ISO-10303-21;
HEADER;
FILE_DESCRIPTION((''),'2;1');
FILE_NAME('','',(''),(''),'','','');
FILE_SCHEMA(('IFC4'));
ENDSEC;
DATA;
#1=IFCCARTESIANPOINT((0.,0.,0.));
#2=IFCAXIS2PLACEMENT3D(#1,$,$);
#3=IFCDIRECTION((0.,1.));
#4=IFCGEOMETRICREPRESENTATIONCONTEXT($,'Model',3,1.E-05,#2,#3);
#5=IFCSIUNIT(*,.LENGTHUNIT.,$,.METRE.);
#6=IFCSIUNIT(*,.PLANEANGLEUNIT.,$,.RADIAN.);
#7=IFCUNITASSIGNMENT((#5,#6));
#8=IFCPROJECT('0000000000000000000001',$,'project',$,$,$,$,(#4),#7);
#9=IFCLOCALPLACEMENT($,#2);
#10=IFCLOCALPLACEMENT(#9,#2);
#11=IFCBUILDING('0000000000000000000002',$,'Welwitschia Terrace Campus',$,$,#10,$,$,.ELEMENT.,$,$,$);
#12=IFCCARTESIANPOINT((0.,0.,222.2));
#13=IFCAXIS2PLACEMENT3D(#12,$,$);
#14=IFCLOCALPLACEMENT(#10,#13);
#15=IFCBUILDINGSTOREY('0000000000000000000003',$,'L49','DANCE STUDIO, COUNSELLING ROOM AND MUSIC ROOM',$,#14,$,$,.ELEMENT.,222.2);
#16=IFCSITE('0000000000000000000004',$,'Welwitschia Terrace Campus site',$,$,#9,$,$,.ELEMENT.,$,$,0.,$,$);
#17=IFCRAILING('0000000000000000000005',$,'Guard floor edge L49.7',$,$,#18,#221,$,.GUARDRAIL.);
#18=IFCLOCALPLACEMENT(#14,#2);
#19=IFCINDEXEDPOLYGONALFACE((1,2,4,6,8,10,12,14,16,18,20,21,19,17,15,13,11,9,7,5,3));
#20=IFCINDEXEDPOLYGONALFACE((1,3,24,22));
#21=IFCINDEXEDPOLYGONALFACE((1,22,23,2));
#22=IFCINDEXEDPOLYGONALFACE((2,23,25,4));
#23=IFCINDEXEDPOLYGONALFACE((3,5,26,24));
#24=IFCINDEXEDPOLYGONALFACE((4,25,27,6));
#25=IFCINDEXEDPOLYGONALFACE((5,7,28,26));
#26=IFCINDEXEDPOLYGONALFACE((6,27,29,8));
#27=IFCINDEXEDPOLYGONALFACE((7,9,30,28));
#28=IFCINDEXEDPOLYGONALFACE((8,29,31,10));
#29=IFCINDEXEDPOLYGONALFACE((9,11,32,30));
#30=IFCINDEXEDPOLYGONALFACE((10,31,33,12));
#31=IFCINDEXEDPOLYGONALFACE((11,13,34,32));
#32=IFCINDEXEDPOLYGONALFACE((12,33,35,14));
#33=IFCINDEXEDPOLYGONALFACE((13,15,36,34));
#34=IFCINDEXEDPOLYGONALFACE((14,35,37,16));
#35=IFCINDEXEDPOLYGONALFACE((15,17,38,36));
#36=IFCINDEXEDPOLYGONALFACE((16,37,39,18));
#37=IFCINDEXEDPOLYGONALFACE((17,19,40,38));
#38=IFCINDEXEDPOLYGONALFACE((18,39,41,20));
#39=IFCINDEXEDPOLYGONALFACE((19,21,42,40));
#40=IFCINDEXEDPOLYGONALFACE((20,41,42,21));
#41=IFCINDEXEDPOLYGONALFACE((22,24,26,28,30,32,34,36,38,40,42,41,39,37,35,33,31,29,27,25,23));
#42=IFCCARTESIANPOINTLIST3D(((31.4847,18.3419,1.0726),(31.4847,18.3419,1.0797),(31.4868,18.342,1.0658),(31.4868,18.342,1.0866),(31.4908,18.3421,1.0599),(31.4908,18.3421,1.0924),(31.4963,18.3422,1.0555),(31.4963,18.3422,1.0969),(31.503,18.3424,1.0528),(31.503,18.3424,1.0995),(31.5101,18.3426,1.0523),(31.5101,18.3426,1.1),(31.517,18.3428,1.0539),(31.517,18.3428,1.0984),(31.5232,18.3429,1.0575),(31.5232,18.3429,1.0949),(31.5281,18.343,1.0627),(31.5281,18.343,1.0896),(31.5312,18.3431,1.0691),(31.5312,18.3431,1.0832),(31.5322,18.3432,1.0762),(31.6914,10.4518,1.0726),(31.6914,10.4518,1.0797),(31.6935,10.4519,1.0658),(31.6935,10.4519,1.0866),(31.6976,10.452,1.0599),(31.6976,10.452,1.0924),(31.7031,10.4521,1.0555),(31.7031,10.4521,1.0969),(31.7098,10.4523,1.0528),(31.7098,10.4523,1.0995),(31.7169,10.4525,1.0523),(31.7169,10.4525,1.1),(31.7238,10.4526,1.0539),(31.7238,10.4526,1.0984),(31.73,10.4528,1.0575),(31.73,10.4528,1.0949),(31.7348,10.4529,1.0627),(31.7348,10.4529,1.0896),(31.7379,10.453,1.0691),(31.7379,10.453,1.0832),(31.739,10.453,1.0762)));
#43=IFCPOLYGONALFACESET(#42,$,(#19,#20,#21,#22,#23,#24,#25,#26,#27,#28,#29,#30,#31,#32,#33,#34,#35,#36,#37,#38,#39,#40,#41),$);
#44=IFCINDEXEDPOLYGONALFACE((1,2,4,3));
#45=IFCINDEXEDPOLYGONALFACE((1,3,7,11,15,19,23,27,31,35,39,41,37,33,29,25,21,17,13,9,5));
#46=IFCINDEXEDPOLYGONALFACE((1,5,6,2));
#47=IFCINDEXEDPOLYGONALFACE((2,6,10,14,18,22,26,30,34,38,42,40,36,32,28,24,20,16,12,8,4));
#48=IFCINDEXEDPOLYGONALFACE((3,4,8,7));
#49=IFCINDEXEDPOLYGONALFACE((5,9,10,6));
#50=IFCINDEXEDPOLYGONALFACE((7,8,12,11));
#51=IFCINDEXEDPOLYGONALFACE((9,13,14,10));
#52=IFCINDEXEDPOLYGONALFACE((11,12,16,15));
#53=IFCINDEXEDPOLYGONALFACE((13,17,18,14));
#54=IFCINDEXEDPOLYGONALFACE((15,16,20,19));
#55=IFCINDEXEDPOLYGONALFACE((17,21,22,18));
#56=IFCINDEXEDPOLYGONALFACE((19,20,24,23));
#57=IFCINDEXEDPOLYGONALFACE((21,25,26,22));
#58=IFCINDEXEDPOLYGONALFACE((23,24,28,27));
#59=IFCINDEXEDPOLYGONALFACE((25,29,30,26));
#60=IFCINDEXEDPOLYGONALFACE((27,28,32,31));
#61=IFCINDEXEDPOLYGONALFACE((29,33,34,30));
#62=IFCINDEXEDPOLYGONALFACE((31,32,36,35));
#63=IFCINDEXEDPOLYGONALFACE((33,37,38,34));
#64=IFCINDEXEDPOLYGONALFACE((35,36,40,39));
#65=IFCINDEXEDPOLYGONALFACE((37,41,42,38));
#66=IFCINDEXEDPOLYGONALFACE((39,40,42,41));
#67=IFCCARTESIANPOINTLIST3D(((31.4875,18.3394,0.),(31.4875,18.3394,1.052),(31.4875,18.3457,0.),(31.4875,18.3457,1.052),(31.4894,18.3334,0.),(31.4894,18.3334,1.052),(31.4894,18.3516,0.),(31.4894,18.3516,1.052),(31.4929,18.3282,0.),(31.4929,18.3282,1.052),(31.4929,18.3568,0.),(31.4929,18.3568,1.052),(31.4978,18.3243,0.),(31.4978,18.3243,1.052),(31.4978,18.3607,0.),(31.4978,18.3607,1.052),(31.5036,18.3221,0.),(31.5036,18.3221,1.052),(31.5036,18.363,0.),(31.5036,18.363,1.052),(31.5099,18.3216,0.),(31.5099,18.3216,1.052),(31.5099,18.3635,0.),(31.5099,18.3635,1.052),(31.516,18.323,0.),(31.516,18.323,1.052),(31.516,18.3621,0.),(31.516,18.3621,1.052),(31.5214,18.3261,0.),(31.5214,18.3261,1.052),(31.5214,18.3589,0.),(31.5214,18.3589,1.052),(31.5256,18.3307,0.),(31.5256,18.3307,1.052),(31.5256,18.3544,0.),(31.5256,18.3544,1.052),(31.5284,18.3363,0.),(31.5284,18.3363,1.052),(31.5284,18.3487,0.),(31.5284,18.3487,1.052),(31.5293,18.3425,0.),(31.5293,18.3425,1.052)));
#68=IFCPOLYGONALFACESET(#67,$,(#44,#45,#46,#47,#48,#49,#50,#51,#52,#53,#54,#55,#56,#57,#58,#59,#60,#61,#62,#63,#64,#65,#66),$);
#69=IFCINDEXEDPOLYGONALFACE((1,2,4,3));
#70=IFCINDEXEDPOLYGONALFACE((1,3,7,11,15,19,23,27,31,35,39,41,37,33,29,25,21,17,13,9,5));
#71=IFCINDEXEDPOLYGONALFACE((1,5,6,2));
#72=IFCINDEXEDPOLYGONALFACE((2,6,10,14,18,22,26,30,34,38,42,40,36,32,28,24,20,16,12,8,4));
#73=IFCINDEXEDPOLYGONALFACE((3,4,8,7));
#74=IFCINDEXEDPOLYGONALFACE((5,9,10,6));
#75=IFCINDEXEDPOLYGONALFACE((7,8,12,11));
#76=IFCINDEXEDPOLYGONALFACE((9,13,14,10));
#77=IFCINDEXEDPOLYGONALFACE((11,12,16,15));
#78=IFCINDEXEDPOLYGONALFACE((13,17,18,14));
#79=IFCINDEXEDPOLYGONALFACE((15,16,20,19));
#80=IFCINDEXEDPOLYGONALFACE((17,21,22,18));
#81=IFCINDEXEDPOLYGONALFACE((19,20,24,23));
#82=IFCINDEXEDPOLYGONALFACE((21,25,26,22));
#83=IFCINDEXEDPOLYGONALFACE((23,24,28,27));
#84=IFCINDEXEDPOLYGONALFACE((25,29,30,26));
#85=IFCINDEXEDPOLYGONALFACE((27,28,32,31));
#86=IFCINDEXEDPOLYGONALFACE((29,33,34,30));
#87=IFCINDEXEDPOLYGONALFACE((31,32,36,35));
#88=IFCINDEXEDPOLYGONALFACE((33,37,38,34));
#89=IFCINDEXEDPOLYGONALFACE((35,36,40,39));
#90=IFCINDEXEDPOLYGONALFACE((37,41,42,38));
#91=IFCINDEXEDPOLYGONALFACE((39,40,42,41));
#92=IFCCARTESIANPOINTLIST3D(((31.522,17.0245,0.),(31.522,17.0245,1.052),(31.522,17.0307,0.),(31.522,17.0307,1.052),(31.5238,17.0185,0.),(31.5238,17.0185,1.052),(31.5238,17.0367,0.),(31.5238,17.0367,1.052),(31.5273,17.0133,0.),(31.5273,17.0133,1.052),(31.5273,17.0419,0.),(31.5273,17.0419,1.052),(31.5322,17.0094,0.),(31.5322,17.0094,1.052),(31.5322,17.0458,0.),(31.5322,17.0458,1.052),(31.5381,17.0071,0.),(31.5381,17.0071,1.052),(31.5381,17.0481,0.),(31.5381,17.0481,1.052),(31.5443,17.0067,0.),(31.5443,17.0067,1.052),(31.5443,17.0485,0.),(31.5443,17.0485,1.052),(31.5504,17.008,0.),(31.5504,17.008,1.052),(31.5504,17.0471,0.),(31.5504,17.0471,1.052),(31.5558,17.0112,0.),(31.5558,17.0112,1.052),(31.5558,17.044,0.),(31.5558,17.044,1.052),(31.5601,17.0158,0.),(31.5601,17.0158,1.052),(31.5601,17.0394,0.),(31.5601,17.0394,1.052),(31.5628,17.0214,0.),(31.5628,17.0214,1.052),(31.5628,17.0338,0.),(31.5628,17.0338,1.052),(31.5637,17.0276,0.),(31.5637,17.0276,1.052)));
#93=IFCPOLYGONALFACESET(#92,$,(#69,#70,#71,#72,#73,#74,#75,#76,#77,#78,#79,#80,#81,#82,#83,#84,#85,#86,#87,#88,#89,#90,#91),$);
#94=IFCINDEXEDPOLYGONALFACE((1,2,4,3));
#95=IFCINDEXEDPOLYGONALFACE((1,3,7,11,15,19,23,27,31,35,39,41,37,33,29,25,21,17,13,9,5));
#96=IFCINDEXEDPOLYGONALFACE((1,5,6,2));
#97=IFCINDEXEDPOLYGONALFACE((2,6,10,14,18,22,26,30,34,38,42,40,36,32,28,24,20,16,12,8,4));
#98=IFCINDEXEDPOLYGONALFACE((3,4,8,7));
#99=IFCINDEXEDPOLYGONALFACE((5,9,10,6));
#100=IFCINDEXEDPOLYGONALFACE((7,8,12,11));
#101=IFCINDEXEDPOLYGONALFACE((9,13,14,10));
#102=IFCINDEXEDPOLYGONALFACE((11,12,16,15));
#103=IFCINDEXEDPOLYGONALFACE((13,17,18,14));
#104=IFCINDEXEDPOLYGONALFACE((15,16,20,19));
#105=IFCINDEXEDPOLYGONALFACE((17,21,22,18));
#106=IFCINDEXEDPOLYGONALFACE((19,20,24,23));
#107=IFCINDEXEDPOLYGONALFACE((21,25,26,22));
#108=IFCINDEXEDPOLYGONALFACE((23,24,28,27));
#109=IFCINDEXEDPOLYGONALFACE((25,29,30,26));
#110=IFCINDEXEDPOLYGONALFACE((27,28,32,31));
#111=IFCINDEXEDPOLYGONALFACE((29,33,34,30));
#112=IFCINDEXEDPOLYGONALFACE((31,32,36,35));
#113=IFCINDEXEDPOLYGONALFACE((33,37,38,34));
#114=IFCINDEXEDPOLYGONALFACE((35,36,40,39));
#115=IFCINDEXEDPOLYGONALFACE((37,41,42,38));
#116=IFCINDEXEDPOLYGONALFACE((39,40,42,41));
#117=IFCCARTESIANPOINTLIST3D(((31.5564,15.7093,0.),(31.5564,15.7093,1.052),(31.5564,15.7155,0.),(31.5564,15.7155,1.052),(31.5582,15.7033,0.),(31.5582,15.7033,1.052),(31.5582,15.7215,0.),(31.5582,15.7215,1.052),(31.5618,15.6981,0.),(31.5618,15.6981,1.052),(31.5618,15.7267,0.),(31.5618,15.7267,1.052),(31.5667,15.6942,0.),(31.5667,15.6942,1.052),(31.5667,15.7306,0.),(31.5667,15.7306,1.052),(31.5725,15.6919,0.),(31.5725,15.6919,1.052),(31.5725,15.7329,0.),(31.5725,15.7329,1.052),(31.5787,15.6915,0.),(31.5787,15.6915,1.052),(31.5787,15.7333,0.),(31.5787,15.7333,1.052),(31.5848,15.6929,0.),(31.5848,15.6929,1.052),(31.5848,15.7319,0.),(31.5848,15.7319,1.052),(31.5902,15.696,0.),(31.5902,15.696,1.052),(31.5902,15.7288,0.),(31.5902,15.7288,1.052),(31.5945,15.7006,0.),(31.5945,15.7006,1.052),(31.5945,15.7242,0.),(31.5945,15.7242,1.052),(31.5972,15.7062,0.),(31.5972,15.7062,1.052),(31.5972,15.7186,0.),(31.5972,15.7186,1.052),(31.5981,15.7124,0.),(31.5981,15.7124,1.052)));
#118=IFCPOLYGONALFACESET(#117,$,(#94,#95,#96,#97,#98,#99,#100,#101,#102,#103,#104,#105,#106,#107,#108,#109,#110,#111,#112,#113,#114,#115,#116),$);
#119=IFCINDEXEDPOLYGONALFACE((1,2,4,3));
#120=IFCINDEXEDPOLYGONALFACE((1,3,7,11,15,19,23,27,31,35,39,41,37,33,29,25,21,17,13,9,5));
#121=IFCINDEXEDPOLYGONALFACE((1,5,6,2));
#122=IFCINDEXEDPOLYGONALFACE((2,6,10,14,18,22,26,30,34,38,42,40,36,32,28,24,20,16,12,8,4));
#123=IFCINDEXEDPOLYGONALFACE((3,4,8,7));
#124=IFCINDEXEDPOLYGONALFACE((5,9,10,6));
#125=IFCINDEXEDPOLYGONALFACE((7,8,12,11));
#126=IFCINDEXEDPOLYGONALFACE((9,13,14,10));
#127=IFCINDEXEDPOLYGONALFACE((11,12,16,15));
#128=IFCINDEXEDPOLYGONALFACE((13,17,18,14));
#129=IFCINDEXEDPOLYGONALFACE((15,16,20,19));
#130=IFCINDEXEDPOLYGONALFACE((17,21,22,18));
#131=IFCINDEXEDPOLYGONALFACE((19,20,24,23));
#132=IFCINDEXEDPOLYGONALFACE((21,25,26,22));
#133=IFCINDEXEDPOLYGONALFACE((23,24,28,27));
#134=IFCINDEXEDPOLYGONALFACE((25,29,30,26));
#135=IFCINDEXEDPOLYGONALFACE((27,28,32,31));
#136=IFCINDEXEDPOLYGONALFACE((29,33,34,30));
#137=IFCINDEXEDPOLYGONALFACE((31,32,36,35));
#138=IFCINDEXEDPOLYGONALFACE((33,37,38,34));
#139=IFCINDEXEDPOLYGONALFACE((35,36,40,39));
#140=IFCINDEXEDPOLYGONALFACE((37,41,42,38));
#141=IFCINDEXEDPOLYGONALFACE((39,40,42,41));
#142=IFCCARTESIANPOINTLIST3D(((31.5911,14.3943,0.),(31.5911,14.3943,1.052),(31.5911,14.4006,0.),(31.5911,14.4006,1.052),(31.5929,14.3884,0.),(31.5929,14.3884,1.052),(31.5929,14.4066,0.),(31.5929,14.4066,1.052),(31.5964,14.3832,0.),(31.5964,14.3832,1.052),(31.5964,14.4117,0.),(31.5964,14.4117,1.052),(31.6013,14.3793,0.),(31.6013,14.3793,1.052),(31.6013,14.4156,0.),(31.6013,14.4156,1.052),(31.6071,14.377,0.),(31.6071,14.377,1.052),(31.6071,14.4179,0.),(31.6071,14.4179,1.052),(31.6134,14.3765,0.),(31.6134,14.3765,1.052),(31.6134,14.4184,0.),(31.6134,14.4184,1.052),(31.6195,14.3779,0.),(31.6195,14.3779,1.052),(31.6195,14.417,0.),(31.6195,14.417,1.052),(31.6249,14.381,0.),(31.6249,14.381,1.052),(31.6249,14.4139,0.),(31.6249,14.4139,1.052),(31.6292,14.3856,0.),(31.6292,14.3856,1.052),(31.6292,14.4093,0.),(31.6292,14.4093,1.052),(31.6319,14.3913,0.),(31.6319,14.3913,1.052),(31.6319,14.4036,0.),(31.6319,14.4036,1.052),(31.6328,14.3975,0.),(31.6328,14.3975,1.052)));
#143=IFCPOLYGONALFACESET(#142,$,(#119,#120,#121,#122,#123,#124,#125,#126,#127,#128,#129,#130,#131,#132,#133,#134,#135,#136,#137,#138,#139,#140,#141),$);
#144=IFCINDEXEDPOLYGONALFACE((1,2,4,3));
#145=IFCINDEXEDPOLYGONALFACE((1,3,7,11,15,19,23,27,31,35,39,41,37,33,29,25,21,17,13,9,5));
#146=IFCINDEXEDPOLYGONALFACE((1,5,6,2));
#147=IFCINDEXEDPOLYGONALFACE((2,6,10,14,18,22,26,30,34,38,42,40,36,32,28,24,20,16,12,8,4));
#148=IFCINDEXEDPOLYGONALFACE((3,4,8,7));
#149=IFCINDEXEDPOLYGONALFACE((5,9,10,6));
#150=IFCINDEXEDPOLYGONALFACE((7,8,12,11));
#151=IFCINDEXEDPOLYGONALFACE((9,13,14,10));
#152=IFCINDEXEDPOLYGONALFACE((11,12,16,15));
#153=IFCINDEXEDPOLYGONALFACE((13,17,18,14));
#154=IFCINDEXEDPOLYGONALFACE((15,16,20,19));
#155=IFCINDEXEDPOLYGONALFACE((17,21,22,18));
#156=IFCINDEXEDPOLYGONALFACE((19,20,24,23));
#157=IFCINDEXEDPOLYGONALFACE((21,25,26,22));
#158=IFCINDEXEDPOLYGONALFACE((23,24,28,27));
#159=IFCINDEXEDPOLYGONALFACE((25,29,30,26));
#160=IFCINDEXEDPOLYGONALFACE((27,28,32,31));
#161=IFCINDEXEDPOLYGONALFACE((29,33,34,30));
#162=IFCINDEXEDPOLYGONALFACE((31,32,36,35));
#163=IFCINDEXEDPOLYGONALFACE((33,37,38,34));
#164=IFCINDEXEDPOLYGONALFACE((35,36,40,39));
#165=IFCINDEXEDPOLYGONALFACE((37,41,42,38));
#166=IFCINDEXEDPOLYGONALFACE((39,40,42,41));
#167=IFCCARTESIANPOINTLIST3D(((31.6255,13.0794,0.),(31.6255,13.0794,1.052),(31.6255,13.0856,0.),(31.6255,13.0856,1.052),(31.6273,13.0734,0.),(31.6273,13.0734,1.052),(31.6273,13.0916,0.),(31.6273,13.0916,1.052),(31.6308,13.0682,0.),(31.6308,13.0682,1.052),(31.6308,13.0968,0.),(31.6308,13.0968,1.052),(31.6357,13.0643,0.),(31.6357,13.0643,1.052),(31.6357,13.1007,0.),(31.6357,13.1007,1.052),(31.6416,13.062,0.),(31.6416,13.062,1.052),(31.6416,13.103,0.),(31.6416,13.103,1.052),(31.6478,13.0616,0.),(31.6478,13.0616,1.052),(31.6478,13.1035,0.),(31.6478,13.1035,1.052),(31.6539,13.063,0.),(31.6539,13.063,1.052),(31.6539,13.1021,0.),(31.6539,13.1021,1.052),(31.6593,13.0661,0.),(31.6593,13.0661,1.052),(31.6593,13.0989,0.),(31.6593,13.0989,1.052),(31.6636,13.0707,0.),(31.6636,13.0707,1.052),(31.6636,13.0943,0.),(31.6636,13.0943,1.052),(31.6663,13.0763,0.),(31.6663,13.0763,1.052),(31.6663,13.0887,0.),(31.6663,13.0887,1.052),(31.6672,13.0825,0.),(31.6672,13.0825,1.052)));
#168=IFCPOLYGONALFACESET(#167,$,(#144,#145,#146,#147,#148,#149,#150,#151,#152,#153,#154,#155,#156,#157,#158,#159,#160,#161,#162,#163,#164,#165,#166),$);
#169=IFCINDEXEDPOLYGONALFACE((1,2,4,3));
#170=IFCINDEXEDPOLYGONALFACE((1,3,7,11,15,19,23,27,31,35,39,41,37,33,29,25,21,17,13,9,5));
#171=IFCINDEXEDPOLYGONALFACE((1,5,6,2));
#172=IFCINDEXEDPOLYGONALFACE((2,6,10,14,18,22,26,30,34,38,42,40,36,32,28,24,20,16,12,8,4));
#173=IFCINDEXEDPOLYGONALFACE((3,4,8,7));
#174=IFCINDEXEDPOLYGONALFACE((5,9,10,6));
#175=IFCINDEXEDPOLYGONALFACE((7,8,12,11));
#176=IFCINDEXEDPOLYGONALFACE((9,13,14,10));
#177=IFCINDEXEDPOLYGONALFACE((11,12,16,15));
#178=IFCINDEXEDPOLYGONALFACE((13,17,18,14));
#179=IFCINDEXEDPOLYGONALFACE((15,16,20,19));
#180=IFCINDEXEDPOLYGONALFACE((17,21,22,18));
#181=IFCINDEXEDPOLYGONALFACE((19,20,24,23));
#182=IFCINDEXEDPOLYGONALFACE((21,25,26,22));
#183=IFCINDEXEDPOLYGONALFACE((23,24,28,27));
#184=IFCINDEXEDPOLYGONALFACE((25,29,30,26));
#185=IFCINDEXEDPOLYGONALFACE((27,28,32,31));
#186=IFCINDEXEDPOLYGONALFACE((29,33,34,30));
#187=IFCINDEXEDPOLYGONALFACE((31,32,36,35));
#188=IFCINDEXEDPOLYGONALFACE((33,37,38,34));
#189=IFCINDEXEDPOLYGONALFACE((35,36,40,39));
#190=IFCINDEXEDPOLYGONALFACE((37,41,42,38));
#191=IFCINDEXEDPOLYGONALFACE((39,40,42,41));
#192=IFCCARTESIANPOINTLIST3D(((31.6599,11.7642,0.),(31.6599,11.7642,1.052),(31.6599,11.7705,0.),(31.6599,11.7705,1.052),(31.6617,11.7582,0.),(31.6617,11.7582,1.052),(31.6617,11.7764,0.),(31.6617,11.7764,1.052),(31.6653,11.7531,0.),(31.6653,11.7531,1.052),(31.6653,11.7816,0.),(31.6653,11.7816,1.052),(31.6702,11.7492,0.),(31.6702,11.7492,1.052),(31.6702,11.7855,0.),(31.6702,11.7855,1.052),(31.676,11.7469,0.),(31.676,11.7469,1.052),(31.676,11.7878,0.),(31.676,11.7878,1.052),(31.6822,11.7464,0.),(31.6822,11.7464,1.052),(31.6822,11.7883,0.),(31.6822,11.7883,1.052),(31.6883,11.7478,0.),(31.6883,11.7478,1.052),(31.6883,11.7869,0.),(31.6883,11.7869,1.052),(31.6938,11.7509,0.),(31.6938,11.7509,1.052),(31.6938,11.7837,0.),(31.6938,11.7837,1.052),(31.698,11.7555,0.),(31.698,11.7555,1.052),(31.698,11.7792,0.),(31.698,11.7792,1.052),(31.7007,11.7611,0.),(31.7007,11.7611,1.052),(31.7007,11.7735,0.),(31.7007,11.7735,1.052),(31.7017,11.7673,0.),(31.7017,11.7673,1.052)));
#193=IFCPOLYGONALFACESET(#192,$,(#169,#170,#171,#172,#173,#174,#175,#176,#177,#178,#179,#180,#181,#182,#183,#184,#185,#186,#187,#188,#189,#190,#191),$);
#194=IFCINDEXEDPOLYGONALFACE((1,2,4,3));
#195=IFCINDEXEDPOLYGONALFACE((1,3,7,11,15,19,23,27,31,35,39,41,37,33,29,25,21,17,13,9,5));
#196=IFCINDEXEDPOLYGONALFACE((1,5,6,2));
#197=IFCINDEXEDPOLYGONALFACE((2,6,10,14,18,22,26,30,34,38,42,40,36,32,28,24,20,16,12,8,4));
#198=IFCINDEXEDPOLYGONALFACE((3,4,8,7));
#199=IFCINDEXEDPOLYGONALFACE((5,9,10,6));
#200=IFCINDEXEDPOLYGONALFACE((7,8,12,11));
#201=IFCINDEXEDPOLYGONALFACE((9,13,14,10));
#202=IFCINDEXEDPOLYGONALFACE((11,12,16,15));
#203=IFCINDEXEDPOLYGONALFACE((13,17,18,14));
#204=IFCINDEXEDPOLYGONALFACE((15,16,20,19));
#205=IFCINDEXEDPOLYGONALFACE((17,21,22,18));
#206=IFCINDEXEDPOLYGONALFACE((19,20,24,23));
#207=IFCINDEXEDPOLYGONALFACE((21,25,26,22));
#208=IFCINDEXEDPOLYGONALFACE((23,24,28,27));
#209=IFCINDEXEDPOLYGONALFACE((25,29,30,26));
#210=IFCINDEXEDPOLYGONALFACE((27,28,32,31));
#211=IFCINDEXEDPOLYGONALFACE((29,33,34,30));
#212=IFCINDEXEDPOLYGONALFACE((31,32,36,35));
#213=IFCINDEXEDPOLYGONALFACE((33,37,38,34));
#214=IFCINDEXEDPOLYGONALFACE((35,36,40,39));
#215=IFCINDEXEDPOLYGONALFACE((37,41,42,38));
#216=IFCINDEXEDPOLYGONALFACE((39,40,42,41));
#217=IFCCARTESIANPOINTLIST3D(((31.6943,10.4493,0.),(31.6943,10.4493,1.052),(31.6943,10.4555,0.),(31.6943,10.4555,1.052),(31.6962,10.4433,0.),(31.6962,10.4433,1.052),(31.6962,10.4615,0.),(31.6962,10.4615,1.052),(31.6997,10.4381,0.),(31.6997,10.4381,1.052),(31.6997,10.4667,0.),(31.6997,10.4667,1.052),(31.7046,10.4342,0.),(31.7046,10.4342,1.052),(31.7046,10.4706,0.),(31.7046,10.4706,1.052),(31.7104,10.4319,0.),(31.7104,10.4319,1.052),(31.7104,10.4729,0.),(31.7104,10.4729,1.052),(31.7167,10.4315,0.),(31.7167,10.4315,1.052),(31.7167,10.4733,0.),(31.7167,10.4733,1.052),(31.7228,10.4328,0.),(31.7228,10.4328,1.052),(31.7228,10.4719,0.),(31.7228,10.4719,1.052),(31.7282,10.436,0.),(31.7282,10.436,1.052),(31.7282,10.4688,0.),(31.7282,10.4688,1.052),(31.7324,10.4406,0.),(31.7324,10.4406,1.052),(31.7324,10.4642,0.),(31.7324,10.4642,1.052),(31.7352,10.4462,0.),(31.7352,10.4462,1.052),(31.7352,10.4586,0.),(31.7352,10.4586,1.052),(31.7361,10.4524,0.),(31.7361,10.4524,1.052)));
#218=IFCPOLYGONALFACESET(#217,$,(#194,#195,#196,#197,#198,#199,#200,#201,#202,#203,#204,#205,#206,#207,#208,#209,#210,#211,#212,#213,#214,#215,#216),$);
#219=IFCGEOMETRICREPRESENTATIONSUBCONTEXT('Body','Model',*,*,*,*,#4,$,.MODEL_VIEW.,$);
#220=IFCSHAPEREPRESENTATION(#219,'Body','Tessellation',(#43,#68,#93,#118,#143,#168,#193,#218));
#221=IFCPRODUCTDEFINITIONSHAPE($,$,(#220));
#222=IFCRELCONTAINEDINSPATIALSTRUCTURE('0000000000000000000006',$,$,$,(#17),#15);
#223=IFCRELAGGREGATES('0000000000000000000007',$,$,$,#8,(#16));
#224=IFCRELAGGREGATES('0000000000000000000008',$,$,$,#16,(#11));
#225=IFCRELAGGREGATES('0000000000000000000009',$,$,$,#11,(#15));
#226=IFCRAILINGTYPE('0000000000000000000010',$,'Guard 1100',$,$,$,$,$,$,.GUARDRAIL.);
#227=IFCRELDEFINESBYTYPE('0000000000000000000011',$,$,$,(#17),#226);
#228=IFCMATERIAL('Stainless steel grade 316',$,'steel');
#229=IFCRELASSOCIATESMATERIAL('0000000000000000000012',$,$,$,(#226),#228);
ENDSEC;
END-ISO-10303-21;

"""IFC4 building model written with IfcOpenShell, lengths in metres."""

from ifc_helpers import new_model, si_unit, direction, frame, origin, origin_2d, place, context, subcontext, project, spatial, circle, extrude, material, type_object, element, save


model = new_model("IFC4")

# Units and contexts
model_context = context("Model", 3, precision=1e-05, world=origin(), true_north=direction((0.0, 1.0)))
body_context = subcontext(model_context, "Body", "Model", "MODEL_VIEW")
ifc_project = project(units=[si_unit("LENGTHUNIT", "METRE"), si_unit("PLANEANGLEUNIT", "RADIAN")], contexts=[model_context])

# Site, building, storey
site_placement = place(None, origin())
site = spatial("IfcSite", under=ifc_project, at=site_placement, Name="Welwitschia Terrace Campus site", CompositionType="ELEMENT", RefElevation=0.0)
building_placement = place(site_placement, origin())
building = spatial("IfcBuilding", under=site, at=building_placement, Name="Welwitschia Terrace Campus", CompositionType="ELEMENT")
storey_placement = place(building_placement, frame((0.0, 0.0, 222.2)))
storey = spatial("IfcBuildingStorey", under=building, at=storey_placement, Name="L49", Description="DANCE STUDIO, COUNSELLING ROOM AND MUSIC ROOM", CompositionType="ELEMENT", Elevation=222.2)

# Railing
ifc_material_1 = material(Name="Stainless steel grade 316", Category="steel")
railing_type = type_object("IfcRailingType", Name="Guard 1100", PredefinedType="GUARDRAIL", material=ifc_material_1)
railing_1_placement = place(storey_placement, frame((31.5083, 18.3425, 0.0)))
element("IfcRailing", 1, at=railing_1_placement, inside=storey, type_object=railing_type, Name="Guard floor edge L49.7", PredefinedType="GUARDRAIL", context=body_context, shape_type="SweptSolid", body=[
    extrude(circle(Radius=0.0239, at=origin_2d()), frame((0.0, 0.0, 1.0762), z_axis=(0.026199, -0.999657, 0.0), x_axis=(0.999657, 0.026199, 0.0)), (0.0, 0.0, 1.0), 7.8928),
    extrude(circle(Radius=0.021, at=origin_2d()), origin(), (0.0, 0.0, 1.0), 1.052),
    extrude(circle(Radius=0.021, at=origin_2d()), frame((0.0344, -1.3149, 0.0)), (0.0, 0.0, 1.0), 1.052),
    extrude(circle(Radius=0.021, at=origin_2d()), frame((0.0688, -2.6301, 0.0)), (0.0, 0.0, 1.0), 1.052),
    extrude(circle(Radius=0.021, at=origin_2d()), frame((0.1035, -3.9451, 0.0)), (0.0, 0.0, 1.0), 1.052),
    extrude(circle(Radius=0.021, at=origin_2d()), frame((0.1379, -5.26, 0.0)), (0.0, 0.0, 1.0), 1.052),
    extrude(circle(Radius=0.021, at=origin_2d()), frame((0.1724, -6.5752, 0.0)), (0.0, 0.0, 1.0), 1.052),
    extrude(circle(Radius=0.021, at=origin_2d()), frame((0.2068, -7.8901, 0.0)), (0.0, 0.0, 1.0), 1.052),
])

save(model, "model.ifc")
